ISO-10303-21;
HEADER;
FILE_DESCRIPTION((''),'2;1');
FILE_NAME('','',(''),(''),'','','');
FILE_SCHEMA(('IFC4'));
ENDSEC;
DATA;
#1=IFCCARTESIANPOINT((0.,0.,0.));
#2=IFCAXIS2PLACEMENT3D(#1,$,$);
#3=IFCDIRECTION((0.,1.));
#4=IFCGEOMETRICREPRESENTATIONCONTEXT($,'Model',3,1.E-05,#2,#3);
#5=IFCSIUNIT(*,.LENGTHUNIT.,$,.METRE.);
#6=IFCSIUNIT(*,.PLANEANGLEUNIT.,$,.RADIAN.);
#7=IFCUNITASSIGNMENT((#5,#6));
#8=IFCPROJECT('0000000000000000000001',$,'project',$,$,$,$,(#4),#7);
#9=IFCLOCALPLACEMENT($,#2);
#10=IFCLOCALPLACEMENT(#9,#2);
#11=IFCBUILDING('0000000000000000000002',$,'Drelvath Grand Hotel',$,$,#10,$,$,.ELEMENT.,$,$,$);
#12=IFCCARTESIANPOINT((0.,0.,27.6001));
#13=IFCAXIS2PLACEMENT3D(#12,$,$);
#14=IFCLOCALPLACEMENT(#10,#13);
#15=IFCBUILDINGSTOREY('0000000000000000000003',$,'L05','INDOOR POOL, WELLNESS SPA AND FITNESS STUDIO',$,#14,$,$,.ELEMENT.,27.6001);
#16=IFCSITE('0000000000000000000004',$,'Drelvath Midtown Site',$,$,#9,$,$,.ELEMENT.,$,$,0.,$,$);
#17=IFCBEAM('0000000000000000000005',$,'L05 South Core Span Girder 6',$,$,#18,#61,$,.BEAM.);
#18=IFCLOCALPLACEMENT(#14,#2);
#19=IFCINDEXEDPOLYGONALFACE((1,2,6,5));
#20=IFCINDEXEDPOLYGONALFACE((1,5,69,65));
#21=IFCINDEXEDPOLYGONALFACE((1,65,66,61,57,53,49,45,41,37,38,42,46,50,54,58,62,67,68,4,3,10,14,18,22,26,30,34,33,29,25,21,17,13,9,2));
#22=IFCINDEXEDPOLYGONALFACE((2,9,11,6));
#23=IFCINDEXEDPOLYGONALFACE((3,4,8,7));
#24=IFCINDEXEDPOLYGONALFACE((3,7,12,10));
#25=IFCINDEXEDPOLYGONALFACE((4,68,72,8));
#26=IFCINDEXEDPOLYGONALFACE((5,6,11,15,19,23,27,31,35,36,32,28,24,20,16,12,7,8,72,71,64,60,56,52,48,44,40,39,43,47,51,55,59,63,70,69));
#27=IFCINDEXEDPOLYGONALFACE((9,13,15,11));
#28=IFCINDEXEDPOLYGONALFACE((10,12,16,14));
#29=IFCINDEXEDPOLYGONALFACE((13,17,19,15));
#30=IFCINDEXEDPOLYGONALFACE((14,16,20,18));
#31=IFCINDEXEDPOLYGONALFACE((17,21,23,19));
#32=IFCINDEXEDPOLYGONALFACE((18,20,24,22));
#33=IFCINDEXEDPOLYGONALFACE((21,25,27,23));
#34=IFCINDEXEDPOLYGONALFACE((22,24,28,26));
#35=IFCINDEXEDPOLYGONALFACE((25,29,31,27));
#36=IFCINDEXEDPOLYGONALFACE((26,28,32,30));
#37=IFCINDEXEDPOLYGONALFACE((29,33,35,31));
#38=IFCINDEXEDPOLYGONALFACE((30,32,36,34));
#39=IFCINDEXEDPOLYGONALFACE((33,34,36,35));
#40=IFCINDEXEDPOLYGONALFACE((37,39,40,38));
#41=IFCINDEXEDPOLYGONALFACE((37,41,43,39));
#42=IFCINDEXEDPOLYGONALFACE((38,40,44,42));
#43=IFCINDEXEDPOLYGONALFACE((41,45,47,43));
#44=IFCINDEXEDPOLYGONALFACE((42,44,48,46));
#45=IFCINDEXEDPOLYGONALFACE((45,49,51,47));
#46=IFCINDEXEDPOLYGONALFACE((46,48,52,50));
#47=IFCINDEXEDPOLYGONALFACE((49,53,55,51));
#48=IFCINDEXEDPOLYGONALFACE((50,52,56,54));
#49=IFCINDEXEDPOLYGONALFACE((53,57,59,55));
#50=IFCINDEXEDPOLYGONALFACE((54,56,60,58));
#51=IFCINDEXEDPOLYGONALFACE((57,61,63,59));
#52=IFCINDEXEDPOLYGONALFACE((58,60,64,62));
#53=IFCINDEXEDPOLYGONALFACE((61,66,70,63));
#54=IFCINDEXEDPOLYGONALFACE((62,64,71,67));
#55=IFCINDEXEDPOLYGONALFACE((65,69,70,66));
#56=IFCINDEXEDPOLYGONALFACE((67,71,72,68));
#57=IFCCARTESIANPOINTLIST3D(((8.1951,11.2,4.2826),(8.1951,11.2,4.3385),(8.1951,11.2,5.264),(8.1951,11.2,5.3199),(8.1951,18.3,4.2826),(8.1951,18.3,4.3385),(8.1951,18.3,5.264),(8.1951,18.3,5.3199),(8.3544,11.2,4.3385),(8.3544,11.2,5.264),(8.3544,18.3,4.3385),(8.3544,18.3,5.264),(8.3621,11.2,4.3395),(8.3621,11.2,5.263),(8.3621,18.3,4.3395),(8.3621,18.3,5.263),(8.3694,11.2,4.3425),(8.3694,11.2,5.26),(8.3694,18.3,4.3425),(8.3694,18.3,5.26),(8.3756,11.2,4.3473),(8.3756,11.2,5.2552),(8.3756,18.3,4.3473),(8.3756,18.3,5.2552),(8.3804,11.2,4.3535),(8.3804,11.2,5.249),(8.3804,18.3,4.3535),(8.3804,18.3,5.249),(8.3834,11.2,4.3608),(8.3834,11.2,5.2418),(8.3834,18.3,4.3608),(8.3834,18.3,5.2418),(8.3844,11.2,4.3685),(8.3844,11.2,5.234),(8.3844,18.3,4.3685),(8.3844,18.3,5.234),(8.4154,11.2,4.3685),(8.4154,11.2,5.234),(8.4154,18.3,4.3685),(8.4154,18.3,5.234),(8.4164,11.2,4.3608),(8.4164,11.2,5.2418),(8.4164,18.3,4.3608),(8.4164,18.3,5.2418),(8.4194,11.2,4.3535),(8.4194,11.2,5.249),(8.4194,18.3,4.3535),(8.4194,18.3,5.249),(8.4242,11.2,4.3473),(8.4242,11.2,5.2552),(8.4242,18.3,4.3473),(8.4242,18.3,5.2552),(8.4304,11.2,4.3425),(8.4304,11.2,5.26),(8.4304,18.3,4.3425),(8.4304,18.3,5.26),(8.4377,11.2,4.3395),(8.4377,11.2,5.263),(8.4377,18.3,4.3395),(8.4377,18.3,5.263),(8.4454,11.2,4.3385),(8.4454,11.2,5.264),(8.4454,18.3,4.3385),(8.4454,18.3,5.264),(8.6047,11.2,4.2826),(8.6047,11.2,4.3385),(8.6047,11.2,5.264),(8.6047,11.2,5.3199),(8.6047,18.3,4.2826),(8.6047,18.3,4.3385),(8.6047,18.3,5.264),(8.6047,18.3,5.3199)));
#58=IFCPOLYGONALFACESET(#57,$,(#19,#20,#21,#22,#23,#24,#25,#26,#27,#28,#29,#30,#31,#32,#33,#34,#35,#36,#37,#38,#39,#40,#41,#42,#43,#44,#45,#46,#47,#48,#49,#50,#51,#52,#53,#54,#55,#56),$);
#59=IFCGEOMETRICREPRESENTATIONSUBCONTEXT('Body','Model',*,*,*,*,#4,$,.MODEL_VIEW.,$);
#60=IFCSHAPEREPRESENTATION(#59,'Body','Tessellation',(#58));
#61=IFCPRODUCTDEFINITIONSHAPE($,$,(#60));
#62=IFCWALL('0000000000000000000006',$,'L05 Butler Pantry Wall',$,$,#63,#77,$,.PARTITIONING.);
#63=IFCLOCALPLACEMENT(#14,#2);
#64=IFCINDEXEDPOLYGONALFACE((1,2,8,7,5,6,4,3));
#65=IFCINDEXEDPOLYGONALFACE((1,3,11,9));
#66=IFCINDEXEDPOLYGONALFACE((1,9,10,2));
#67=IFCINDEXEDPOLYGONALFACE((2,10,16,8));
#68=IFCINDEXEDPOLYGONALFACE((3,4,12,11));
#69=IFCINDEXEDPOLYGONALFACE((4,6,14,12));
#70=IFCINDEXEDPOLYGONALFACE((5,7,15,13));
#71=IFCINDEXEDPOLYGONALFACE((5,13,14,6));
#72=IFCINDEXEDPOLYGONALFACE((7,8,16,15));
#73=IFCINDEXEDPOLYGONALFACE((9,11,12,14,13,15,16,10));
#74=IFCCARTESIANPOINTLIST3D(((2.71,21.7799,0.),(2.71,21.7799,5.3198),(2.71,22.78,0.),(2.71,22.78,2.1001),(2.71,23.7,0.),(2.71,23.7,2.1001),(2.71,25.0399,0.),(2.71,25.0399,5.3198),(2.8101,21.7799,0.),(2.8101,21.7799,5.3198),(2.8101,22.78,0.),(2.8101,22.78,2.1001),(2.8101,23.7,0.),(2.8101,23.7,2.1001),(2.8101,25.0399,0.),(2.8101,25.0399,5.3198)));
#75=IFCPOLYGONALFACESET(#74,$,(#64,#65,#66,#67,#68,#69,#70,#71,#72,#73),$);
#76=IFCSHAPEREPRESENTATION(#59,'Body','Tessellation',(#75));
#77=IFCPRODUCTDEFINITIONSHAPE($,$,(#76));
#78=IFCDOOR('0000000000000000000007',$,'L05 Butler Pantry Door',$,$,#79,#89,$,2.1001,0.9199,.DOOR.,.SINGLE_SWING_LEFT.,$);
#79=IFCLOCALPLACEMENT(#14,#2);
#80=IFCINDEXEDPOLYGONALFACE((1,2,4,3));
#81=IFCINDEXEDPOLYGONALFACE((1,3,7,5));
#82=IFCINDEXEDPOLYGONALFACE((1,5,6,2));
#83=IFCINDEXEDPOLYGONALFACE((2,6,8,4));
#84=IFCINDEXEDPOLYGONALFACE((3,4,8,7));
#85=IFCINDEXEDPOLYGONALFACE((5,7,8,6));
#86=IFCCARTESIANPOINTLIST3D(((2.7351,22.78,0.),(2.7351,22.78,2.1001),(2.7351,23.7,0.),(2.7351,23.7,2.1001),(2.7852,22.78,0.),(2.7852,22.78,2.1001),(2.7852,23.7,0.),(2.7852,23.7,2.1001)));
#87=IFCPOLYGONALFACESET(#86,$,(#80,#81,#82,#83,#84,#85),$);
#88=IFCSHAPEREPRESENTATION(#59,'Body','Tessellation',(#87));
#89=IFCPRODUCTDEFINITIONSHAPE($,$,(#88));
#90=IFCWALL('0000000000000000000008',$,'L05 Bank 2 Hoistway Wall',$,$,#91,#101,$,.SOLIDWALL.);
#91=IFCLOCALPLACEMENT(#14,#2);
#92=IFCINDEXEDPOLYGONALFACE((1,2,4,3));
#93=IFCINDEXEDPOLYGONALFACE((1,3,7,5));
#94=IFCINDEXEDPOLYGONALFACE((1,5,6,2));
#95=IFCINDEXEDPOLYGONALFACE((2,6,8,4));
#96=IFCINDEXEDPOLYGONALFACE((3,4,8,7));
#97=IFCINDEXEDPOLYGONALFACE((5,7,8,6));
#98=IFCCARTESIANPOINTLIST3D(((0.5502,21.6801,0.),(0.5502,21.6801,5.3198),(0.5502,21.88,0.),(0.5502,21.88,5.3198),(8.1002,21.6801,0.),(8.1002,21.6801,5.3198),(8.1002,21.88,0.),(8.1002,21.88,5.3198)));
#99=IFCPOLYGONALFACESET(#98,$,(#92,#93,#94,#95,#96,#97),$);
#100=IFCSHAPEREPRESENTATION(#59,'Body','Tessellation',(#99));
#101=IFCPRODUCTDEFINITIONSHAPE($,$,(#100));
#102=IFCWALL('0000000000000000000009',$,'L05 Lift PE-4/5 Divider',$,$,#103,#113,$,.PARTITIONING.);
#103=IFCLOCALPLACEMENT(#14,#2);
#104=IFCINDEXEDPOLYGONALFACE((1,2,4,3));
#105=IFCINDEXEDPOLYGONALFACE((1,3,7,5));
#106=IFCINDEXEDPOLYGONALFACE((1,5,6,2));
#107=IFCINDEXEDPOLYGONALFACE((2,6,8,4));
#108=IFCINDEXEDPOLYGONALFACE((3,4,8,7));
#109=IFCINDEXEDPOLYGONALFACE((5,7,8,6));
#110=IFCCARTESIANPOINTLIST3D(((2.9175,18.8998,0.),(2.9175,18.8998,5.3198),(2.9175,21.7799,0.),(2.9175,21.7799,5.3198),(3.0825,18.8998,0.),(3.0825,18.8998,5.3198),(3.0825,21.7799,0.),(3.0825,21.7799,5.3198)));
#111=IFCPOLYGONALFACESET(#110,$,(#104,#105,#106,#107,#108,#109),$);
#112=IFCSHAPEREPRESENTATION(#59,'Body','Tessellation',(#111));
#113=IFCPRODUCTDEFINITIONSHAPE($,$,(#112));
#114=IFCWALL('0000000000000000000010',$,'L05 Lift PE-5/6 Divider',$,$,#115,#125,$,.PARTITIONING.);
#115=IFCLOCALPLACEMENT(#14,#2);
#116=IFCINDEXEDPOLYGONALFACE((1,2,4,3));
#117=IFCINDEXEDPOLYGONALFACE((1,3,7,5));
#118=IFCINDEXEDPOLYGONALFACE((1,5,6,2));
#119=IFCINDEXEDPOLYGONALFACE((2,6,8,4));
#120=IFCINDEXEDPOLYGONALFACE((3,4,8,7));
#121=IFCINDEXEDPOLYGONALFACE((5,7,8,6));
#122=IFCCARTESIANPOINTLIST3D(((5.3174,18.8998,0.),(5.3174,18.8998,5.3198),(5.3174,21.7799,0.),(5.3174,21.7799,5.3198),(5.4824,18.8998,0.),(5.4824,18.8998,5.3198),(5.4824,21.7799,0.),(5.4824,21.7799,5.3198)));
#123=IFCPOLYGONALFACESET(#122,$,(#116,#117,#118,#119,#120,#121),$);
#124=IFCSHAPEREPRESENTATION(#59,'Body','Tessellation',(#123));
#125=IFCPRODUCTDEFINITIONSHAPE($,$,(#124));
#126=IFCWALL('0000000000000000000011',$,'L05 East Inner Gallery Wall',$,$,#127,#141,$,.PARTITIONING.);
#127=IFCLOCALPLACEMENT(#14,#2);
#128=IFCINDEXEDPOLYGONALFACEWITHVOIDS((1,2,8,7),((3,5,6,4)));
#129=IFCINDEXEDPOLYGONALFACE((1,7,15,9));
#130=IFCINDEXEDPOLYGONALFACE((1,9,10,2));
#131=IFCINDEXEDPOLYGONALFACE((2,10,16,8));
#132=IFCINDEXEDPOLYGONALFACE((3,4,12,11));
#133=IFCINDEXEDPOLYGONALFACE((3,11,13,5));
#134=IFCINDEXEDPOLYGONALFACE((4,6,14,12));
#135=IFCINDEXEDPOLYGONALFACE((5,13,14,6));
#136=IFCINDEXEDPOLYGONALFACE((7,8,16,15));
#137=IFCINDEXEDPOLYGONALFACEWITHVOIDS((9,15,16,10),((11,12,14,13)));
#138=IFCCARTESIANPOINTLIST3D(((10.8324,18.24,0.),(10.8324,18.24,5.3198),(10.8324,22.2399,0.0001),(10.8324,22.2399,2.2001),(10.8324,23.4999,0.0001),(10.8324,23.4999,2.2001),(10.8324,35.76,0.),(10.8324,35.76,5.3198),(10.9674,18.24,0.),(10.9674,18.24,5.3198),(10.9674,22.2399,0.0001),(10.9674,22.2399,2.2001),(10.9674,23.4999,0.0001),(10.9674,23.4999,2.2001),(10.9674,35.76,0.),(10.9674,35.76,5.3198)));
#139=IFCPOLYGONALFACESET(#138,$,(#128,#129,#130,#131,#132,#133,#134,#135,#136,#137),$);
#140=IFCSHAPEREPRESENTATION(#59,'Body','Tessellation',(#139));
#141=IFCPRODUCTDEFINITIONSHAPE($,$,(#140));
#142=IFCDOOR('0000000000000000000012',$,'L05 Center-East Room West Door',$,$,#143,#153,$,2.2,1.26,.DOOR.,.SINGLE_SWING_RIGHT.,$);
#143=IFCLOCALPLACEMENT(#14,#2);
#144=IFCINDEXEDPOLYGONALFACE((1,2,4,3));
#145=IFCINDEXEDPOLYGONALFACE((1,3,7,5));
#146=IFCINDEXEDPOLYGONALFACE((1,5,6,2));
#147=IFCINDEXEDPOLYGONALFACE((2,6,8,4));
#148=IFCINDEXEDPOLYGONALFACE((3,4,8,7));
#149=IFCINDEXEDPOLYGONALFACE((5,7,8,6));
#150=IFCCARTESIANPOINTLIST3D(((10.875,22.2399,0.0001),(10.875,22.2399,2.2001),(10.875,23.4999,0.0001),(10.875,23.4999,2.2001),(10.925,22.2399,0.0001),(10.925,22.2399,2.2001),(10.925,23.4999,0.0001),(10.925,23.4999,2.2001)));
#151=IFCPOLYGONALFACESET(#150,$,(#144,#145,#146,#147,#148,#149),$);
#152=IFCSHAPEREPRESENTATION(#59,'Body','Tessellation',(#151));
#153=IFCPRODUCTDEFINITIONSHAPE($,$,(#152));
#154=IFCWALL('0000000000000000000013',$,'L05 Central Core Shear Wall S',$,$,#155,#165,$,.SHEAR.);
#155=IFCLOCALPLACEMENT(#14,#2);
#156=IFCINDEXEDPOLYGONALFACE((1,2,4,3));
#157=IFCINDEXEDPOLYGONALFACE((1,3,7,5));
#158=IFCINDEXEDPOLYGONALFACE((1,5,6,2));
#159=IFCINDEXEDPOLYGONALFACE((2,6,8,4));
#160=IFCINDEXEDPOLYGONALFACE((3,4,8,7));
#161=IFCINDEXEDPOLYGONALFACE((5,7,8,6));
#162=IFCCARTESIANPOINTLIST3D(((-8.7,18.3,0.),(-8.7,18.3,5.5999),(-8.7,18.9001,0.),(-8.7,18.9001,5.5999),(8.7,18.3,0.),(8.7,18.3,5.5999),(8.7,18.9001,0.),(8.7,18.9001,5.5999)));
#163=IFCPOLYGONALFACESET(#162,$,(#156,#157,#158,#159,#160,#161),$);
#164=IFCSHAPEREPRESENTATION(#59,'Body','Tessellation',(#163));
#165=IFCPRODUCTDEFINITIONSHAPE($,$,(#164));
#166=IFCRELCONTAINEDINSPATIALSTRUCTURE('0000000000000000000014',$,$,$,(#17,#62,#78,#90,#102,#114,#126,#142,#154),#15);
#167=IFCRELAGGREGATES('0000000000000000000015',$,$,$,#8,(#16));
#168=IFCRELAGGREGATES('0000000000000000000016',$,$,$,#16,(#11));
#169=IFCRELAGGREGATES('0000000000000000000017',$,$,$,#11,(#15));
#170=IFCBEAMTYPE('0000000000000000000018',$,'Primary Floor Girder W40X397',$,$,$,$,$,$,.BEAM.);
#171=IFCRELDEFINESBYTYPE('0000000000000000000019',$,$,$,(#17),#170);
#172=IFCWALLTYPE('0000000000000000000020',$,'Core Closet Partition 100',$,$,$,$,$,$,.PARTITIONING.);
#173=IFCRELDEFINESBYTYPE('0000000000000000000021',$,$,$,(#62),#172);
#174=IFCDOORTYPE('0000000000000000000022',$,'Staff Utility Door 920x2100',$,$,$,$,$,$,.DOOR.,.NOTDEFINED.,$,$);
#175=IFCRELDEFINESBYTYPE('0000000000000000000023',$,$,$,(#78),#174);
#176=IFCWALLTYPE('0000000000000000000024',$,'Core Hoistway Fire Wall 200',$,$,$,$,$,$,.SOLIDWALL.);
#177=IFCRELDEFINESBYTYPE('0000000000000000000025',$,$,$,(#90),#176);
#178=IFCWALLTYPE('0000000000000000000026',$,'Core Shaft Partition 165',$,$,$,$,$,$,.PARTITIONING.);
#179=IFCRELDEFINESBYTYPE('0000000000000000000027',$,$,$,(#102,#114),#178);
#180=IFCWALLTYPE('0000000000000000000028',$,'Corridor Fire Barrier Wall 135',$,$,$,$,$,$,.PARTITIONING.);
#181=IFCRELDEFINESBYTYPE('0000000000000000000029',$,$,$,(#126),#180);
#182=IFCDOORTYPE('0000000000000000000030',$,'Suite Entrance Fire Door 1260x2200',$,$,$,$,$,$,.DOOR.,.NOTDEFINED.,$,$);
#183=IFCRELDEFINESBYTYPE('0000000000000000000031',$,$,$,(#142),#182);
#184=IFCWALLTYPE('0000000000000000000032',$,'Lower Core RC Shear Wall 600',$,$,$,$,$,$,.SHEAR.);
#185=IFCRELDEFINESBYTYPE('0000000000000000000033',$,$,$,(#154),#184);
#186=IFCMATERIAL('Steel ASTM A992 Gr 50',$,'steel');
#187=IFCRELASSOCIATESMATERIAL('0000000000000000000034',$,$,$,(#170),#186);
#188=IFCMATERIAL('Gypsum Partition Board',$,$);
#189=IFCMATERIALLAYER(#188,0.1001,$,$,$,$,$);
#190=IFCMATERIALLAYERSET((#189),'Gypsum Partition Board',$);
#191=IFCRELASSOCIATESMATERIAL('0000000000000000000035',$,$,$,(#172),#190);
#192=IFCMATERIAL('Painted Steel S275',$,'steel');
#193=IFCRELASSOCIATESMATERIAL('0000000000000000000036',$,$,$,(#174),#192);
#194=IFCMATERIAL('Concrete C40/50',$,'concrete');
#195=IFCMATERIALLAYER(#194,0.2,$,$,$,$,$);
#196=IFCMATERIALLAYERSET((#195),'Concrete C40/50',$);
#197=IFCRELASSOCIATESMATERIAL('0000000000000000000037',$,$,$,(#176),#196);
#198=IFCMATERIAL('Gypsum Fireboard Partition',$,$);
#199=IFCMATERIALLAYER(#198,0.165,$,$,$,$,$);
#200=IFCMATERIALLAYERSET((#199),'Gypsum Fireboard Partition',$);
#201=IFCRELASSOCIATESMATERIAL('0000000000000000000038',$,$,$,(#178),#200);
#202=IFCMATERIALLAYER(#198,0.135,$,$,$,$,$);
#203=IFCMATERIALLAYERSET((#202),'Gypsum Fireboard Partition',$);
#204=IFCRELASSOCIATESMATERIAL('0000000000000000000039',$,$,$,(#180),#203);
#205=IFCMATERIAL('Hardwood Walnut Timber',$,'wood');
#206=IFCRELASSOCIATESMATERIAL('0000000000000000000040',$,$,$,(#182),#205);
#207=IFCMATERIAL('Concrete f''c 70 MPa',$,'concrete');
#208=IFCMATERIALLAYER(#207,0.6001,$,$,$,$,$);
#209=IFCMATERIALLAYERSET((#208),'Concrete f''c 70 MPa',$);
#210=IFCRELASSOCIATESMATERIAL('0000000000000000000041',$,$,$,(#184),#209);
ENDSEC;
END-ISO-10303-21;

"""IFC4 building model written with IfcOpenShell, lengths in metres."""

from ifc_helpers import new_model, si_unit, direction, frame, frame_2d, origin, origin_2d, place, context, subcontext, project, spatial, rectangle, i_section, extrude, material, layer, layer_set, material_profile, profile_set, type_object, element, fill, save


model = new_model("IFC4")

# Units and contexts
model_context = context("Model", 3, precision=1e-05, world=origin(), true_north=direction((0.0, 1.0)))
body_context = subcontext(model_context, "Body", "Model", "MODEL_VIEW")
ifc_project = project(units=[si_unit("LENGTHUNIT", "METRE"), si_unit("PLANEANGLEUNIT", "RADIAN")], contexts=[model_context])

# Site, building, storey
site_placement = place(None, origin())
site = spatial("IfcSite", under=ifc_project, at=site_placement, Name="Drelvath Midtown Site", CompositionType="ELEMENT", RefElevation=0.0)
building_placement = place(site_placement, origin())
building = spatial("IfcBuilding", under=site, at=building_placement, Name="Drelvath Grand Hotel", CompositionType="ELEMENT")
storey_placement = place(building_placement, frame((0.0, 0.0, 27.6001)))
storey = spatial("IfcBuildingStorey", under=building, at=storey_placement, Name="L05", Description="INDOOR POOL, WELLNESS SPA AND FITNESS STUDIO", CompositionType="ELEMENT", Elevation=27.6001)

# Shared definitions
ifc_material_1 = material(Name="Concrete f'c 70 MPa", Category="concrete")

# Beam
ifc_material_2 = material(Name="Steel ASTM A992 Gr 50", Category="steel")
ifc_material_profile_1 = material_profile(ifc_material_2, i_section(OverallWidth=0.4097, OverallDepth=1.0374, WebThickness=0.031, FlangeThickness=0.0559, FilletRadius=0.03, at=origin_2d()), Name="W40X397")
ifc_profile_set_1 = profile_set([ifc_material_profile_1], Name="Steel ASTM A992 Gr 50")
beam_type_1 = type_object("IfcBeamType", Name="Primary Floor Girder W40X397", PredefinedType="BEAM", material=ifc_profile_set_1)
beam_1_placement = place(storey_placement, frame((8.3999, 11.2, 4.8013), z_axis=(0.0, 1.0, 0.0), x_axis=(-1.0, 0.0, 0.0)))
element("IfcBeam", 1, at=beam_1_placement, inside=storey, type_object=beam_type_1, Name="L05 South Core Span Girder 6", PredefinedType="BEAM", context=body_context, shape_type="SweptSolid", body=[
    extrude(i_section(OverallWidth=0.4097, OverallDepth=1.0374, WebThickness=0.031, FlangeThickness=0.0559, FilletRadius=0.03, at=origin_2d()), origin(), (0.0, 0.0, 1.0), 7.1001),
])

# Wall, opening, door
ifc_material_3 = material(Name="Gypsum Partition Board")
ifc_layer_1 = layer(ifc_material_3, 0.1001)
ifc_layer_set_1 = layer_set([ifc_layer_1], Name="Gypsum Partition Board")
wall_type_1 = type_object("IfcWallType", Name="Core Closet Partition 100", PredefinedType="PARTITIONING", material=ifc_layer_set_1)
wall_1_placement = place(storey_placement, frame((2.76, 21.78, 0.0), z_axis=(0.0, 0.0, 1.0), x_axis=(0.0, 1.0, 0.0)))
wall_1 = element("IfcWall", 2, at=wall_1_placement, inside=storey, type_object=wall_type_1, Name="L05 Butler Pantry Wall", PredefinedType="PARTITIONING", context=body_context, shape_type="SweptSolid", body=[
    extrude(rectangle(XDim=3.26, YDim=0.1001, at=frame_2d((1.6299, 0.0))), origin(), (0.0, 0.0, 1.0), 5.3198),
])
opening_1_placement = place(wall_1_placement, frame((1.0, 0.0, 0.0)))
opening_1 = element("IfcOpeningElement", 3, at=opening_1_placement, cuts=wall_1, PredefinedType="OPENING", context=body_context, shape_type="SweptSolid", body=[
    extrude(rectangle(XDim=0.9199, YDim=2.1001, at=frame_2d((0.46, 1.05))), frame((0.0, 0.0601, 0.0), z_axis=(0.0, -1.0, 0.0), x_axis=(1.0, 0.0, 0.0)), (0.0, 0.0, 1.0), 0.1201),
])
ifc_material_4 = material(Name="Painted Steel S275", Category="steel")
door_type_1 = type_object("IfcDoorType", Name="Staff Utility Door 920x2100", OperationType="NOTDEFINED", PredefinedType="DOOR", material=ifc_material_4)
door_1_placement = place(opening_1_placement, origin())
door_1 = element("IfcDoor", 4, at=door_1_placement, inside=storey, type_object=door_type_1, Name="L05 Butler Pantry Door", OperationType="SINGLE_SWING_LEFT", OverallHeight=2.1001, OverallWidth=0.9199, PredefinedType="DOOR", context=body_context, shape_type="SweptSolid", body=[
    extrude(rectangle(XDim=0.9199, YDim=2.1001, at=frame_2d((0.46, 1.05))), frame((0.0, 0.0249, 0.0), z_axis=(0.0, -1.0, 0.0), x_axis=(1.0, 0.0, 0.0)), (0.0, 0.0, 1.0), 0.05),
])
fill(opening_1, door_1)

# Walls
ifc_material_5 = material(Name="Concrete C40/50", Category="concrete")
ifc_layer_2 = layer(ifc_material_5, 0.2)
ifc_layer_set_2 = layer_set([ifc_layer_2], Name="Concrete C40/50")
wall_type_2 = type_object("IfcWallType", Name="Core Hoistway Fire Wall 200", PredefinedType="SOLIDWALL", material=ifc_layer_set_2)
wall_2_placement = place(storey_placement, frame((8.1001, 21.78, 0.0), z_axis=(0.0, 0.0, 1.0), x_axis=(-1.0, 0.0, 0.0)))
element("IfcWall", 5, at=wall_2_placement, inside=storey, type_object=wall_type_2, Name="L05 Bank 2 Hoistway Wall", PredefinedType="SOLIDWALL", context=body_context, shape_type="SweptSolid", body=[
    extrude(rectangle(XDim=7.55, YDim=0.2, at=frame_2d((3.7749, 0.0))), origin(), (0.0, 0.0, 1.0), 5.3198),
])
ifc_material_6 = material(Name="Gypsum Fireboard Partition")
ifc_layer_3 = layer(ifc_material_6, 0.165)
ifc_layer_set_3 = layer_set([ifc_layer_3], Name="Gypsum Fireboard Partition")
wall_type_3 = type_object("IfcWallType", Name="Core Shaft Partition 165", PredefinedType="PARTITIONING", material=ifc_layer_set_3)
for number, where, z_axis, x_axis, name in (
    (6, (3.0, 18.8999, 0.0), (0.0, 0.0, 1.0), (0.0, 1.0, 0.0), "L05 Lift PE-4/5 Divider"),
    (7, (5.3999, 18.8999, 0.0), (0.0, 0.0, 1.0), (0.0, 1.0, 0.0), "L05 Lift PE-5/6 Divider"),
):
    element("IfcWall", number, at=place(storey_placement, frame(where, z_axis=z_axis, x_axis=x_axis)), inside=storey, type_object=wall_type_3, Name=name, PredefinedType="PARTITIONING", context=body_context, shape_type="SweptSolid", body=[
        extrude(rectangle(XDim=2.8801, YDim=0.165, at=frame_2d((1.4399, 0.0))), origin(), (0.0, 0.0, 1.0), 5.3198),
    ])

# Wall, opening, door
ifc_layer_4 = layer(ifc_material_6, 0.135)
ifc_layer_set_4 = layer_set([ifc_layer_4], Name="Gypsum Fireboard Partition")
wall_type_4 = type_object("IfcWallType", Name="Corridor Fire Barrier Wall 135", PredefinedType="PARTITIONING", material=ifc_layer_set_4)
wall_3_placement = place(storey_placement, frame((10.8999, 18.24, 0.0), z_axis=(0.0, 0.0, 1.0), x_axis=(0.0, 1.0, 0.0)))
wall_3 = element("IfcWall", 8, at=wall_3_placement, inside=storey, type_object=wall_type_4, Name="L05 East Inner Gallery Wall", PredefinedType="PARTITIONING", context=body_context, shape_type="SweptSolid", body=[
    extrude(rectangle(XDim=17.52, YDim=0.135, at=frame_2d((8.76, 0.0))), origin(), (0.0, 0.0, 1.0), 5.3198),
])
opening_2_placement = place(wall_3_placement, frame((4.0, 0.0, 0.0)))
opening_2 = element("IfcOpeningElement", 9, at=opening_2_placement, cuts=wall_3, PredefinedType="OPENING", context=body_context, shape_type="SweptSolid", body=[
    extrude(rectangle(XDim=1.26, YDim=2.2, at=frame_2d((0.6299, 1.1001))), frame((0.0, 0.0774, 0.0), z_axis=(0.0, -1.0, 0.0), x_axis=(1.0, 0.0, 0.0)), (0.0, 0.0, 1.0), 0.155),
])
ifc_material_7 = material(Name="Hardwood Walnut Timber", Category="wood")
door_type_2 = type_object("IfcDoorType", Name="Suite Entrance Fire Door 1260x2200", OperationType="NOTDEFINED", PredefinedType="DOOR", material=ifc_material_7)
door_2_placement = place(opening_2_placement, origin())
door_2 = element("IfcDoor", 10, at=door_2_placement, inside=storey, type_object=door_type_2, Name="L05 Center-East Room West Door", OperationType="SINGLE_SWING_RIGHT", OverallHeight=2.2, OverallWidth=1.26, PredefinedType="DOOR", context=body_context, shape_type="SweptSolid", body=[
    extrude(rectangle(XDim=1.26, YDim=2.2, at=frame_2d((0.6299, 1.1001))), frame((0.0, 0.0249, 0.0), z_axis=(0.0, -1.0, 0.0), x_axis=(1.0, 0.0, 0.0)), (0.0, 0.0, 1.0), 0.05),
])
fill(opening_2, door_2)

# Wall
ifc_layer_5 = layer(ifc_material_1, 0.6001)
ifc_layer_set_5 = layer_set([ifc_layer_5], Name="Concrete f'c 70 MPa")
wall_type_5 = type_object("IfcWallType", Name="Lower Core RC Shear Wall 600", PredefinedType="SHEAR", material=ifc_layer_set_5)
wall_4_placement = place(storey_placement, frame((8.7, 18.6001, 0.0), z_axis=(0.0, 0.0, 1.0), x_axis=(-1.0, 0.0, 0.0)))
element("IfcWall", 11, at=wall_4_placement, inside=storey, type_object=wall_type_5, Name="L05 Central Core Shear Wall S", PredefinedType="SHEAR", context=body_context, shape_type="SweptSolid", body=[
    extrude(rectangle(XDim=17.3999, YDim=0.6001, at=frame_2d((8.7, 0.0))), origin(), (0.0, 0.0, 1.0), 5.5999),
])

save(model, "model.ifc")
